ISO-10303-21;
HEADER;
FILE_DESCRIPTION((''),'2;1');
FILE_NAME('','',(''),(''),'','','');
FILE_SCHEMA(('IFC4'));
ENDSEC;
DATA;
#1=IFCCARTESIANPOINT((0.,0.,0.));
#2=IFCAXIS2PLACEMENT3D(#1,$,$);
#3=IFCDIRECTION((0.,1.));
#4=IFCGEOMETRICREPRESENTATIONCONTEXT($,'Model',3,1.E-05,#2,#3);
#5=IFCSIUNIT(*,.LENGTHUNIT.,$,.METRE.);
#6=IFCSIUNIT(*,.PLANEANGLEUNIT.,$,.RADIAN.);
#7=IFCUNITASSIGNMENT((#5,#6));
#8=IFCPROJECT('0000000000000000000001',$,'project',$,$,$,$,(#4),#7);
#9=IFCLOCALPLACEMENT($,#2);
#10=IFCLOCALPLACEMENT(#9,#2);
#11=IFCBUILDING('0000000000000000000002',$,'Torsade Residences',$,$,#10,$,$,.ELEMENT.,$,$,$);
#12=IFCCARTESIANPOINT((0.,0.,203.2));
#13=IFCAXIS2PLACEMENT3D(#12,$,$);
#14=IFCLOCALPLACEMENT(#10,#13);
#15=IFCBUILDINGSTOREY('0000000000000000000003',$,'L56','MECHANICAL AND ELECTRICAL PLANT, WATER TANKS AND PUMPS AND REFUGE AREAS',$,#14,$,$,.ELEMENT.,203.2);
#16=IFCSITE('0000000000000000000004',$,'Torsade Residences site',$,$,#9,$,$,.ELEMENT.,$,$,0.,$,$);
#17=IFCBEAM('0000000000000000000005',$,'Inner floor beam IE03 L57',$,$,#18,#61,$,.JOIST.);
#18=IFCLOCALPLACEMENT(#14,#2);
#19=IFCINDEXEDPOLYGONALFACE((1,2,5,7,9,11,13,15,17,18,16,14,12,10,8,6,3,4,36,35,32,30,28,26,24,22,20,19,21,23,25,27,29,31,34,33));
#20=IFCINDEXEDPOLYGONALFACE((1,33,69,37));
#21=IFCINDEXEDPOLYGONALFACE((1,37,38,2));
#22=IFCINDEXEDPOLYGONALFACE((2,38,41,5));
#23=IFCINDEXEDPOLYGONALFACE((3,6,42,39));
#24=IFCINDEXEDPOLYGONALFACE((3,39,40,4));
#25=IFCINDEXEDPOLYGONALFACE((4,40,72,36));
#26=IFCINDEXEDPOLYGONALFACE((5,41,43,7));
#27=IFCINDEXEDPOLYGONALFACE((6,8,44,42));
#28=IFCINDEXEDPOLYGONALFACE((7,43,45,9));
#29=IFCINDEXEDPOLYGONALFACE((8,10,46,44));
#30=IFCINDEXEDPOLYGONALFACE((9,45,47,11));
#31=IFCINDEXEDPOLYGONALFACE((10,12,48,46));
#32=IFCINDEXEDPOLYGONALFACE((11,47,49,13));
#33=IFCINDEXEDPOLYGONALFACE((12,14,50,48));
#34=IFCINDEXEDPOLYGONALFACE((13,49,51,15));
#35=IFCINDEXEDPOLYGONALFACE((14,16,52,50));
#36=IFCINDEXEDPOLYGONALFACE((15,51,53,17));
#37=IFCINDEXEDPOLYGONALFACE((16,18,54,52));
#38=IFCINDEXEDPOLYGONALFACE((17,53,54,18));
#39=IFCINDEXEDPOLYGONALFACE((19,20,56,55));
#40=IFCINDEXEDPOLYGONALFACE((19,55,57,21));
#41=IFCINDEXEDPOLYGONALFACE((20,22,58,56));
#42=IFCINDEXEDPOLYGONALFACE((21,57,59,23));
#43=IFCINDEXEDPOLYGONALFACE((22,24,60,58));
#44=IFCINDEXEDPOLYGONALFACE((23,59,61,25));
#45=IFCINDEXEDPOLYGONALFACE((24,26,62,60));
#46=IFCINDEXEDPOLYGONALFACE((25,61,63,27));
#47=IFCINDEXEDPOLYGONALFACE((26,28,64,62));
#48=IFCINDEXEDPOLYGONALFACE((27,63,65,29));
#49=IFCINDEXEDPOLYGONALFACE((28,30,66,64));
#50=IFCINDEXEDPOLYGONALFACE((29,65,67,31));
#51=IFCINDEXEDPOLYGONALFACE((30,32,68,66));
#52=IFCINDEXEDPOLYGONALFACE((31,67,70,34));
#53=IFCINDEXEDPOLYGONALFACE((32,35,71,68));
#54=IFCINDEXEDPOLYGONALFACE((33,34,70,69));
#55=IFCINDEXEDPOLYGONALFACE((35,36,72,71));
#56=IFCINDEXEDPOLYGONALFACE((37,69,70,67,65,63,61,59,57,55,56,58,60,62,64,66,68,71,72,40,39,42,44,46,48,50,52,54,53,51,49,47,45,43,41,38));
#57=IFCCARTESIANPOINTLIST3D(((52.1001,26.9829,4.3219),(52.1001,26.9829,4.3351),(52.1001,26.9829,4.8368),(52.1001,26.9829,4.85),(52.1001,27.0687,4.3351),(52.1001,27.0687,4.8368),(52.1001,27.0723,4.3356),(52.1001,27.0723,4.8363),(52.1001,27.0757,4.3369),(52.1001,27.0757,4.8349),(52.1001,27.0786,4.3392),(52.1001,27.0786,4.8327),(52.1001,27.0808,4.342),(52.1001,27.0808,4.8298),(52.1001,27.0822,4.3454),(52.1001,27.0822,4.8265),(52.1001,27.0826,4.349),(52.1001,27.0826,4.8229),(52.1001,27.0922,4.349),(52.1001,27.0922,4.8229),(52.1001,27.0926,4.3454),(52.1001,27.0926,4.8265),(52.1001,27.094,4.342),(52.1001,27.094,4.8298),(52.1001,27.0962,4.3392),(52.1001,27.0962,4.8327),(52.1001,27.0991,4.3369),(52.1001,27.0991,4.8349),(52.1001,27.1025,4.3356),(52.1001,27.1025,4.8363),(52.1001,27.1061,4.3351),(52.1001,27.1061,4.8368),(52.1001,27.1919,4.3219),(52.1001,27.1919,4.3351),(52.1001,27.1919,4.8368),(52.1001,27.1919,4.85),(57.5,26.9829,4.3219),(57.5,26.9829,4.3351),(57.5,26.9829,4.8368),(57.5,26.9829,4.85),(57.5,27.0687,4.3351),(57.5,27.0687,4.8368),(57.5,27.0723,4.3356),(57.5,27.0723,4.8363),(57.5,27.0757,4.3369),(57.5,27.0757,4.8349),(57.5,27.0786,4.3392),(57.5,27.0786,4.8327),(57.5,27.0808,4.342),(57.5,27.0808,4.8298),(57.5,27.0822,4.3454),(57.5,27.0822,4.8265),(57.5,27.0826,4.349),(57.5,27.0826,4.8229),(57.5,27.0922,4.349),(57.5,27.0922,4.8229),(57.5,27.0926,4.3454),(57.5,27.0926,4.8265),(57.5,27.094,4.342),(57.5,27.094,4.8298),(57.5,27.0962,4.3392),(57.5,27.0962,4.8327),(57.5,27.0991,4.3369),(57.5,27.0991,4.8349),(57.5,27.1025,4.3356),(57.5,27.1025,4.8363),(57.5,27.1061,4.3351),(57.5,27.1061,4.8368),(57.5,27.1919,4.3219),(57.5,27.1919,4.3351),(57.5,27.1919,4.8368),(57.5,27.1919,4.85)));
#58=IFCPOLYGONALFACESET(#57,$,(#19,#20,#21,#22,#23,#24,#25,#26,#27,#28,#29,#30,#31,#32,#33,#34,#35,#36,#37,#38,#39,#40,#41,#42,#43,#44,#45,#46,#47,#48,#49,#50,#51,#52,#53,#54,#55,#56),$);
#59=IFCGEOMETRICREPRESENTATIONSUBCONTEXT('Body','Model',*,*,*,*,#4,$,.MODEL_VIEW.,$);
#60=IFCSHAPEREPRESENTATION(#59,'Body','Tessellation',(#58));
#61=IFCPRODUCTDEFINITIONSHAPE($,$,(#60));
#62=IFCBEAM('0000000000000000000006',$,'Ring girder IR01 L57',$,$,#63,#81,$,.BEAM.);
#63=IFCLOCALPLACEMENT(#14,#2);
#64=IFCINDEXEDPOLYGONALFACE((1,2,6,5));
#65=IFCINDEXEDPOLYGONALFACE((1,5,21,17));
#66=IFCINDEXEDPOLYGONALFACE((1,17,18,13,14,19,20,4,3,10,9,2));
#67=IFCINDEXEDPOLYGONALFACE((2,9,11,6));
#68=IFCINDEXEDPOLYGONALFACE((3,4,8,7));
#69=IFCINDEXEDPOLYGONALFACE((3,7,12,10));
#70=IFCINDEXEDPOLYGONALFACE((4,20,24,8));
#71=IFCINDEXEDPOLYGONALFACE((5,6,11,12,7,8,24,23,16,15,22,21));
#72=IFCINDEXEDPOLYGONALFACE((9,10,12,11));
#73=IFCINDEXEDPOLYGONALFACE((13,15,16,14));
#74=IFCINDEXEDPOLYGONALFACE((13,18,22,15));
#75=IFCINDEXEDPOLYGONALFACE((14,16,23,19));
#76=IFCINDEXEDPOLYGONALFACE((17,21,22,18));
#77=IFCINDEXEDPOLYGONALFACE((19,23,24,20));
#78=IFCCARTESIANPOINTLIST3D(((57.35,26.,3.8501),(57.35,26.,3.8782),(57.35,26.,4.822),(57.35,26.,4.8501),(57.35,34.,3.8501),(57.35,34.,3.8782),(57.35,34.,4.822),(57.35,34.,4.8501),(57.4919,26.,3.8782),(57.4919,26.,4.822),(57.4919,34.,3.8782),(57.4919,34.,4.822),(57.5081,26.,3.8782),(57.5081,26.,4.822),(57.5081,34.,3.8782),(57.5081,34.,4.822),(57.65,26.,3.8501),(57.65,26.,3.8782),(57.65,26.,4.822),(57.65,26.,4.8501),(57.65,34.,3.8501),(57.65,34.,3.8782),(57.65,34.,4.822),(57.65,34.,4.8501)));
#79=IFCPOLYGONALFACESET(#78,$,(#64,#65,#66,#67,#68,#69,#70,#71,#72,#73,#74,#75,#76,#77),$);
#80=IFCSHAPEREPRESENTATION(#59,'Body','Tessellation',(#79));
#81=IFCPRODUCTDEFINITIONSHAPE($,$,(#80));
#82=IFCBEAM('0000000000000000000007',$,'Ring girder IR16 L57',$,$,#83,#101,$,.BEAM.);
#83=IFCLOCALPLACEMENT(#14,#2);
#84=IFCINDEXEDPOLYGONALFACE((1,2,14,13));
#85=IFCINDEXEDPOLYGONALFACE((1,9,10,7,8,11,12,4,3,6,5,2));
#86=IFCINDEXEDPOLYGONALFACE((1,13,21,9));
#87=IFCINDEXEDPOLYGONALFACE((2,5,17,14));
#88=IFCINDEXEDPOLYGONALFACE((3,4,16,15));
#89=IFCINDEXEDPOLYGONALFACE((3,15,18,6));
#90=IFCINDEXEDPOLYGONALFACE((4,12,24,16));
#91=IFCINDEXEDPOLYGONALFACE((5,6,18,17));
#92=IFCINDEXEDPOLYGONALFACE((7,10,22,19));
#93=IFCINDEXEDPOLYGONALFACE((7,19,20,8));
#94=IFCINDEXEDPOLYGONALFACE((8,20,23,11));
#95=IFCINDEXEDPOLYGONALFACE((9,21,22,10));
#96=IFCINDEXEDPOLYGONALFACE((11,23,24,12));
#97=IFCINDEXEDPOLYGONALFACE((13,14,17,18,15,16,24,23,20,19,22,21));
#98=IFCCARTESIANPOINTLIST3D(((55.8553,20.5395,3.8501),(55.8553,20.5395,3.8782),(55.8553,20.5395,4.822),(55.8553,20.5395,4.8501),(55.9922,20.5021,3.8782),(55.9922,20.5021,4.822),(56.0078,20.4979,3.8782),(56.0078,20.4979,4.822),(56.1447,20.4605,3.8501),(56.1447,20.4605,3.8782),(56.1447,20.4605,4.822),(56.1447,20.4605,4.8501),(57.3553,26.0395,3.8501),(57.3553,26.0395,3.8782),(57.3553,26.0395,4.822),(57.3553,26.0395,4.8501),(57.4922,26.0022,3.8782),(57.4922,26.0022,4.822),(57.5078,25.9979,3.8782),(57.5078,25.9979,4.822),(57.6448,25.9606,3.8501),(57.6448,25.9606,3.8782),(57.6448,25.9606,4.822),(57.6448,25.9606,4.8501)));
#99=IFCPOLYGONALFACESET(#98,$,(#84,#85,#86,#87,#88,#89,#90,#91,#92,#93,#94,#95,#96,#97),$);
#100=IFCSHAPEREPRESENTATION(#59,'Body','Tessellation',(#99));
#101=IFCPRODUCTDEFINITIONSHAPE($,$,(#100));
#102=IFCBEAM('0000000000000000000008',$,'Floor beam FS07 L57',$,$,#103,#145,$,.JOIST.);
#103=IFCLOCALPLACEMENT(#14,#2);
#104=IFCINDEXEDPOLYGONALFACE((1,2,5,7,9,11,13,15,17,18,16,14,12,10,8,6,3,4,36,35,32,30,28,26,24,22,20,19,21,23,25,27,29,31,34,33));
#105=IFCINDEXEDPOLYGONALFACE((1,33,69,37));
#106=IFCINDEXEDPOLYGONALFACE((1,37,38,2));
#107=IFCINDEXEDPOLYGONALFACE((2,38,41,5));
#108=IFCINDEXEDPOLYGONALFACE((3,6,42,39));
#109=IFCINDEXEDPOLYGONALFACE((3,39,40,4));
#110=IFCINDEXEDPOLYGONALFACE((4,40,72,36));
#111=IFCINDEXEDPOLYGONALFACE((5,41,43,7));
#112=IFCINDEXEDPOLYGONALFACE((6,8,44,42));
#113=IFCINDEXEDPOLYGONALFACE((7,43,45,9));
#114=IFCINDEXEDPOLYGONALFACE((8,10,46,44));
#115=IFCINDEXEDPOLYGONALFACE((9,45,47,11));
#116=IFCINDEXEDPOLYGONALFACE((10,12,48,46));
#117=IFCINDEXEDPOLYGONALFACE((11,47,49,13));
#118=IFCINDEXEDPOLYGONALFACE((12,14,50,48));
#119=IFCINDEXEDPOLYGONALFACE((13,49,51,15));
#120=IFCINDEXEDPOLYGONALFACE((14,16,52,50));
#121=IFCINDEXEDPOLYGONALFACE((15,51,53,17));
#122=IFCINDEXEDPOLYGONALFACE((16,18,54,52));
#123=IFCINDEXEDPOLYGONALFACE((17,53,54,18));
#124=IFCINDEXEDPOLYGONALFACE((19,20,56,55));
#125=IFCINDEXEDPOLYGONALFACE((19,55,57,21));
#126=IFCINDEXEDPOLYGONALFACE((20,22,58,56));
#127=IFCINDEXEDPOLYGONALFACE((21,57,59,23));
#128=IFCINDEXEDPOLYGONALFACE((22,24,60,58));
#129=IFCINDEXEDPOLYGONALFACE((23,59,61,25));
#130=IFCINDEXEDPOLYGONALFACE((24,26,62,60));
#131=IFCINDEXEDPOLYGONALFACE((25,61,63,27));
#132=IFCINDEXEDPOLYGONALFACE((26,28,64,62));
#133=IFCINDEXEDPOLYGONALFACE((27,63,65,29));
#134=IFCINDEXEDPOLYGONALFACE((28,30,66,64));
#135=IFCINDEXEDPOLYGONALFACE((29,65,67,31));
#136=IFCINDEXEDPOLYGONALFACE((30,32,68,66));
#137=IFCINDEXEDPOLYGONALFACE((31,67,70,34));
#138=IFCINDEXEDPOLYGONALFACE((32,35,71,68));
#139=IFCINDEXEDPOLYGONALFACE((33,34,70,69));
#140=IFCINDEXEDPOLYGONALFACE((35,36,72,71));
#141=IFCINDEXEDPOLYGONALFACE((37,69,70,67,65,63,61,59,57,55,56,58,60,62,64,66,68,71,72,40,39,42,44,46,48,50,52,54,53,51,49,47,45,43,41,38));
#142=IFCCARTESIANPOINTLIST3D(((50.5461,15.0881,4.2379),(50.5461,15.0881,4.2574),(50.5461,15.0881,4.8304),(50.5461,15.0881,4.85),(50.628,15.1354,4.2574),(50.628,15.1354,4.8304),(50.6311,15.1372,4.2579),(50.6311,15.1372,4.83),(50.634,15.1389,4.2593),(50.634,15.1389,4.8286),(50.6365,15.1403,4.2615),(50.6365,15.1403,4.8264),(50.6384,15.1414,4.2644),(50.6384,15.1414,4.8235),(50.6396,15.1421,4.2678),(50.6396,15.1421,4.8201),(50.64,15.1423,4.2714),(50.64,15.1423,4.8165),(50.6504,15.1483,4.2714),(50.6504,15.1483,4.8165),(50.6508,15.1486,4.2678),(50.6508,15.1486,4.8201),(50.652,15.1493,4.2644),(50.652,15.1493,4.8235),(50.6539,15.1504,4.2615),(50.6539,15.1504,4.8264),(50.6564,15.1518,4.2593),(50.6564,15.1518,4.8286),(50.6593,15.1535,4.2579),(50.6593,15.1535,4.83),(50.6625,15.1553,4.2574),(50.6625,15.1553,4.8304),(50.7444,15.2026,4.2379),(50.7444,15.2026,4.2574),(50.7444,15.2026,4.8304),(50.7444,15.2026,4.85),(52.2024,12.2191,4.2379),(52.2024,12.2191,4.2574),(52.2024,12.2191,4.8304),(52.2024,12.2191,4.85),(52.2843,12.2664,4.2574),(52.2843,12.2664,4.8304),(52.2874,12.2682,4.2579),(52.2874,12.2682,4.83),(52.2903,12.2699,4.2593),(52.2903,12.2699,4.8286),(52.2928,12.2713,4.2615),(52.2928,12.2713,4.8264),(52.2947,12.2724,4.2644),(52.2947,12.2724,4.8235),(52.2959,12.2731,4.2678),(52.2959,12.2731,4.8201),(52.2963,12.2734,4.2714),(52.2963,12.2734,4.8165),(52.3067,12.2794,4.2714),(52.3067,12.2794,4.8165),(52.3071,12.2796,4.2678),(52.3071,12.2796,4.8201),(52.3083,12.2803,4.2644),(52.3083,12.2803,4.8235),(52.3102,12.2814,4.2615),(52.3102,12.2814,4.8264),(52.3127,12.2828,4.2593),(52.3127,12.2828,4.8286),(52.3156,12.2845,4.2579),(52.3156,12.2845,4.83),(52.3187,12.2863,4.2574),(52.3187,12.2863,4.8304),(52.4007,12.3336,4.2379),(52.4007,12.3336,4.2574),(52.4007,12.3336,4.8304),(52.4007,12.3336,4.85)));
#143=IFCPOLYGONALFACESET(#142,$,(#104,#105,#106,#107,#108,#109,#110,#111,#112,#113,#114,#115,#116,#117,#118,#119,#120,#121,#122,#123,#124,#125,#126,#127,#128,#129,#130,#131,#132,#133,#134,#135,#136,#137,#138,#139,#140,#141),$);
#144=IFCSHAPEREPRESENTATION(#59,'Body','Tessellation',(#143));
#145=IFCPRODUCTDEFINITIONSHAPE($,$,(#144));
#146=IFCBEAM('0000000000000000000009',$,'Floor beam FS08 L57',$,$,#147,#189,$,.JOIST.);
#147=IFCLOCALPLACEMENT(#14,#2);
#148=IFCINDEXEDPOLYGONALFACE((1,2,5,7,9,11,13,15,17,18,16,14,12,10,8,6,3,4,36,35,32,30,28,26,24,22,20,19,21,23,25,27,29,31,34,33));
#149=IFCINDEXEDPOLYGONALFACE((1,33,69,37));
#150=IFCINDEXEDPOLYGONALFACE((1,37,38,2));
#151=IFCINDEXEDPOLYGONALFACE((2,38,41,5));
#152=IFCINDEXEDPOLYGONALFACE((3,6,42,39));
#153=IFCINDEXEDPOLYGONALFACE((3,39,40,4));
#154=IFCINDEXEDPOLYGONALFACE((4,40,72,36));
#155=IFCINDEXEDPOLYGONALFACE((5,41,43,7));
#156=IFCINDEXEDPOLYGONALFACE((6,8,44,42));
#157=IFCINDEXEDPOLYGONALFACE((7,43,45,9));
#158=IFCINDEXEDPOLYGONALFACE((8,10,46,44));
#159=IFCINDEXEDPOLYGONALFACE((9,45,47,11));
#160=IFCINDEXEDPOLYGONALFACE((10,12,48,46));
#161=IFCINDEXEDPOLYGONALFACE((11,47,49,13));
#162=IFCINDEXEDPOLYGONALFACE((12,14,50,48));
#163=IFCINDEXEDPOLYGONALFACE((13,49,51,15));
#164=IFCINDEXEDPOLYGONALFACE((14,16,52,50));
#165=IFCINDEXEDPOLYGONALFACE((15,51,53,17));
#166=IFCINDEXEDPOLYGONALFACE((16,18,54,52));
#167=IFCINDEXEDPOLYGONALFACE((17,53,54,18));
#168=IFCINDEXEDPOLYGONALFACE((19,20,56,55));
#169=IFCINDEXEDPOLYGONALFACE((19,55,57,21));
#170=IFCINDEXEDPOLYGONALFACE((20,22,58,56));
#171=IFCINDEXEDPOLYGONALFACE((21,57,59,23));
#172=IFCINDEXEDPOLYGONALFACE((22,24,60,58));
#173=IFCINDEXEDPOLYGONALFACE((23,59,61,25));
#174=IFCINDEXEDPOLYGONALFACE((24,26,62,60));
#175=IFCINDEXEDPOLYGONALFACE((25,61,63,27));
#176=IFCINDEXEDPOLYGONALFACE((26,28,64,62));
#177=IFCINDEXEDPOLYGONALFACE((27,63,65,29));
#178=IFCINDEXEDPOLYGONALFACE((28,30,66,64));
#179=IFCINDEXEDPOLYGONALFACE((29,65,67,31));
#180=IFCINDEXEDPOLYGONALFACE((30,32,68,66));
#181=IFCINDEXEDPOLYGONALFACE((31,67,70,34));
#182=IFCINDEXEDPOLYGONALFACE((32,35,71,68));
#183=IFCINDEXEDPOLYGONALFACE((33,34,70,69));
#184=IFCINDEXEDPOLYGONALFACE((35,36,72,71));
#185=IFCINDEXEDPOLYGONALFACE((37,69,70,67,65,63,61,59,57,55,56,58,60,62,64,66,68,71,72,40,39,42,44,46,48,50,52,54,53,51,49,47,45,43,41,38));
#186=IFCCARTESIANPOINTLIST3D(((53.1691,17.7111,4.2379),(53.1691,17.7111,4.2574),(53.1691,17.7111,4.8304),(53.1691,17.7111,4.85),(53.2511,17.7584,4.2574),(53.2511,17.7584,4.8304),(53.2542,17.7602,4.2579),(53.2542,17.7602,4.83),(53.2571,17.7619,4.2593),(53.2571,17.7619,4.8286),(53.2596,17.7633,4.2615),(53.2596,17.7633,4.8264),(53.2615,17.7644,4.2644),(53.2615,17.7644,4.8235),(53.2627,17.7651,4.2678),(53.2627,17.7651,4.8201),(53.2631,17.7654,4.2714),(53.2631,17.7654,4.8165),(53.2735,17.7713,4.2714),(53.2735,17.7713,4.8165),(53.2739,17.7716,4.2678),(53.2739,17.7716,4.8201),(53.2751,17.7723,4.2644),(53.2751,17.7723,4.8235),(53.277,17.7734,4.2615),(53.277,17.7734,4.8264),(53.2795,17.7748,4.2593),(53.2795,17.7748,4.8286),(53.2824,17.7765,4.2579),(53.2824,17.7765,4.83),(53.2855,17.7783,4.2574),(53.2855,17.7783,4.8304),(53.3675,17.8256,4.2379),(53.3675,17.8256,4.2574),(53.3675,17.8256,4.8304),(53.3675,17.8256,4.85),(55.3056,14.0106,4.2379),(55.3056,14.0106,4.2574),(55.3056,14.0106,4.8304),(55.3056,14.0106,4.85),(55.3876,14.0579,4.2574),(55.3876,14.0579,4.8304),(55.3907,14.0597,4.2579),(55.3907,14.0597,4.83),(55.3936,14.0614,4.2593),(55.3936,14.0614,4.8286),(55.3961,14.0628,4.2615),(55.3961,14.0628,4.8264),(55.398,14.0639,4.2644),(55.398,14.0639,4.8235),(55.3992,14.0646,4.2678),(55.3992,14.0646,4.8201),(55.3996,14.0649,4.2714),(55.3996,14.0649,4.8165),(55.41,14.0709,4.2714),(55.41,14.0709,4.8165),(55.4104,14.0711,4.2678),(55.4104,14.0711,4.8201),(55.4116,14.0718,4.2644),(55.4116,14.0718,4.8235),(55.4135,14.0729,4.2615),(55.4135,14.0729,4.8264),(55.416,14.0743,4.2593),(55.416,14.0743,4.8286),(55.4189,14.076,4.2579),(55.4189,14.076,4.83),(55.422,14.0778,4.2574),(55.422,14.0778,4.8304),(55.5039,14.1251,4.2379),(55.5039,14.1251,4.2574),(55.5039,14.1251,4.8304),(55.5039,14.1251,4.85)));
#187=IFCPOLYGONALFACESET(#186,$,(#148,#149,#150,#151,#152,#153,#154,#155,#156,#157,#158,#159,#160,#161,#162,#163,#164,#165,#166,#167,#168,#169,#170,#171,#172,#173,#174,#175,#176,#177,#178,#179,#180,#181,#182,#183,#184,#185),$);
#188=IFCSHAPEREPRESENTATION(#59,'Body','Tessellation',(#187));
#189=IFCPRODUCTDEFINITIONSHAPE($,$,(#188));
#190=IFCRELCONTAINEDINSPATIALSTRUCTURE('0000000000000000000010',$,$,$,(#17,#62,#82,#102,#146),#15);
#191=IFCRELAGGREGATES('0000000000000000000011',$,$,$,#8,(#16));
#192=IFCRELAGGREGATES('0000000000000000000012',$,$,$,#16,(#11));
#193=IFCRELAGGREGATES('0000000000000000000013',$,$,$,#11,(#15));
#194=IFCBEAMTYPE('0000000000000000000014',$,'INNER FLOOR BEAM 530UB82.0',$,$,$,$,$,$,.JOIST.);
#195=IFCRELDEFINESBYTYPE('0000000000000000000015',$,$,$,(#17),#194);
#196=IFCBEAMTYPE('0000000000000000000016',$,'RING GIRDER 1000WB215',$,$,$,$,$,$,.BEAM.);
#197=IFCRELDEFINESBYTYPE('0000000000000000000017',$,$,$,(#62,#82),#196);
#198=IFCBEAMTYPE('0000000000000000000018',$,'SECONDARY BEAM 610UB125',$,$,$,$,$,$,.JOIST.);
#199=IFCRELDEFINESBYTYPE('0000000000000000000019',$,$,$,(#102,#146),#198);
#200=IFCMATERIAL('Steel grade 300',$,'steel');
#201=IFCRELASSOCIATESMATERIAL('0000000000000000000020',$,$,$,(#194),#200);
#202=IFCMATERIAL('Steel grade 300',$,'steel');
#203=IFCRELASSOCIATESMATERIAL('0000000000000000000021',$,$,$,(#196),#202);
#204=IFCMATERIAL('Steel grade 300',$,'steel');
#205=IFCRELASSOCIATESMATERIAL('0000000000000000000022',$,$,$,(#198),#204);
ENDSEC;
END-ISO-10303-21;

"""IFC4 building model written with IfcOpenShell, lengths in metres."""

from ifc_helpers import new_model, si_unit, direction, frame, origin, origin_2d, place, context, subcontext, project, spatial, i_section, extrude, material, material_profile, profile_set, type_object, element, save


model = new_model("IFC4")

# Units and contexts
model_context = context("Model", 3, precision=1e-05, world=origin(), true_north=direction((0.0, 1.0)))
body_context = subcontext(model_context, "Body", "Model", "MODEL_VIEW")
ifc_project = project(units=[si_unit("LENGTHUNIT", "METRE"), si_unit("PLANEANGLEUNIT", "RADIAN")], contexts=[model_context])

# Site, building, storey
site_placement = place(None, origin())
site = spatial("IfcSite", under=ifc_project, at=site_placement, Name="Torsade Residences site", CompositionType="ELEMENT", RefElevation=0.0)
building_placement = place(site_placement, origin())
building = spatial("IfcBuilding", under=site, at=building_placement, Name="Torsade Residences", CompositionType="ELEMENT")
storey_placement = place(building_placement, frame((0.0, 0.0, 203.2)))
storey = spatial("IfcBuildingStorey", under=building, at=storey_placement, Name="L56", Description="MECHANICAL AND ELECTRICAL PLANT, WATER TANKS AND PUMPS AND REFUGE AREAS", CompositionType="ELEMENT", Elevation=203.2)

# Beams
ifc_material_1 = material(Name="Steel grade 300", Category="steel")
ifc_material_profile_1 = material_profile(ifc_material_1, i_section(OverallWidth=0.209, OverallDepth=0.5281, WebThickness=0.0095, FlangeThickness=0.0132, FilletRadius=0.0139, at=origin_2d()), Name="530UB82.0")
ifc_profile_set_1 = profile_set([ifc_material_profile_1], Name="Steel grade 300")
beam_type_1 = type_object("IfcBeamType", Name="INNER FLOOR BEAM 530UB82.0", PredefinedType="JOIST", material=ifc_profile_set_1)
beam_1_placement = place(storey_placement, frame((52.1001, 27.0874, 4.5859), z_axis=(1.0, 0.0, 0.0), x_axis=(0.0, 1.0, 0.0)))
element("IfcBeam", 1, at=beam_1_placement, inside=storey, type_object=beam_type_1, Name="Inner floor beam IE03 L57", PredefinedType="JOIST", context=body_context, shape_type="SweptSolid", body=[
    extrude(i_section(OverallWidth=0.209, OverallDepth=0.5281, WebThickness=0.0095, FlangeThickness=0.0132, FilletRadius=0.0139, at=origin_2d()), origin(), (0.0, 0.0, 1.0), 5.3999),
])
ifc_material_2 = material(Name="Steel grade 300", Category="steel")
ifc_material_profile_2 = material_profile(ifc_material_2, i_section(OverallWidth=0.3, OverallDepth=1.0, WebThickness=0.0161, FlangeThickness=0.0281, at=origin_2d()), Name="1000WB215")
ifc_profile_set_2 = profile_set([ifc_material_profile_2], Name="Steel grade 300")
beam_type_2 = type_object("IfcBeamType", Name="RING GIRDER 1000WB215", PredefinedType="BEAM", material=ifc_profile_set_2)
beam_2_placement = place(storey_placement, frame((57.5, 26.0, 4.3501), z_axis=(0.0, 1.0, 0.0), x_axis=(-1.0, 0.0, 0.0)))
element("IfcBeam", 2, at=beam_2_placement, inside=storey, type_object=beam_type_2, Name="Ring girder IR01 L57", PredefinedType="BEAM", context=body_context, shape_type="SweptSolid", body=[
    extrude(i_section(OverallWidth=0.3, OverallDepth=1.0, WebThickness=0.0161, FlangeThickness=0.0281, at=origin_2d()), origin(), (0.0, 0.0, 1.0), 8.0),
])
beam_3_placement = place(storey_placement, frame((56.0, 20.5, 4.3501), z_axis=(0.263117, 0.964764, 0.0), x_axis=(-0.964764, 0.263117, 0.0)))
element("IfcBeam", 3, at=beam_3_placement, inside=storey, type_object=beam_type_2, Name="Ring girder IR16 L57", PredefinedType="BEAM", context=body_context, shape_type="SweptSolid", body=[
    extrude(i_section(OverallWidth=0.3, OverallDepth=1.0, WebThickness=0.0161, FlangeThickness=0.0281, at=origin_2d()), origin(), (0.0, 0.0, 1.0), 5.7009),
])
ifc_material_3 = material(Name="Steel grade 300", Category="steel")
ifc_material_profile_3 = material_profile(ifc_material_3, i_section(OverallWidth=0.229, OverallDepth=0.6121, WebThickness=0.012, FlangeThickness=0.0195, FilletRadius=0.0139, at=origin_2d()), Name="610UB125")
ifc_profile_set_3 = profile_set([ifc_material_profile_3], Name="Steel grade 300")
beam_type_3 = type_object("IfcBeamType", Name="SECONDARY BEAM 610UB125", PredefinedType="JOIST", material=ifc_profile_set_3)
beam_4_placement = place(storey_placement, frame((52.3015, 12.2764, 4.5439), z_axis=(-0.499976, 0.86604, 0.0), x_axis=(-0.86604, -0.499976, 0.0)))
element("IfcBeam", 4, at=beam_4_placement, inside=storey, type_object=beam_type_3, Name="Floor beam FS07 L57", PredefinedType="JOIST", context=body_context, shape_type="SweptSolid", body=[
    extrude(i_section(OverallWidth=0.229, OverallDepth=0.6121, WebThickness=0.012, FlangeThickness=0.0195, FilletRadius=0.0139, at=origin_2d()), origin(), (0.0, 0.0, 1.0), 3.3127),
])
beam_5_placement = place(storey_placement, frame((55.4048, 14.0679, 4.5439), z_axis=(-0.500004, 0.866023, 0.0), x_axis=(-0.866023, -0.500004, 0.0)))
element("IfcBeam", 5, at=beam_5_placement, inside=storey, type_object=beam_type_3, Name="Floor beam FS08 L57", PredefinedType="JOIST", context=body_context, shape_type="SweptSolid", body=[
    extrude(i_section(OverallWidth=0.229, OverallDepth=0.6121, WebThickness=0.012, FlangeThickness=0.0195, FilletRadius=0.0139, at=origin_2d()), origin(), (0.0, 0.0, 1.0), 4.2729),
])

save(model, "model.ifc")
